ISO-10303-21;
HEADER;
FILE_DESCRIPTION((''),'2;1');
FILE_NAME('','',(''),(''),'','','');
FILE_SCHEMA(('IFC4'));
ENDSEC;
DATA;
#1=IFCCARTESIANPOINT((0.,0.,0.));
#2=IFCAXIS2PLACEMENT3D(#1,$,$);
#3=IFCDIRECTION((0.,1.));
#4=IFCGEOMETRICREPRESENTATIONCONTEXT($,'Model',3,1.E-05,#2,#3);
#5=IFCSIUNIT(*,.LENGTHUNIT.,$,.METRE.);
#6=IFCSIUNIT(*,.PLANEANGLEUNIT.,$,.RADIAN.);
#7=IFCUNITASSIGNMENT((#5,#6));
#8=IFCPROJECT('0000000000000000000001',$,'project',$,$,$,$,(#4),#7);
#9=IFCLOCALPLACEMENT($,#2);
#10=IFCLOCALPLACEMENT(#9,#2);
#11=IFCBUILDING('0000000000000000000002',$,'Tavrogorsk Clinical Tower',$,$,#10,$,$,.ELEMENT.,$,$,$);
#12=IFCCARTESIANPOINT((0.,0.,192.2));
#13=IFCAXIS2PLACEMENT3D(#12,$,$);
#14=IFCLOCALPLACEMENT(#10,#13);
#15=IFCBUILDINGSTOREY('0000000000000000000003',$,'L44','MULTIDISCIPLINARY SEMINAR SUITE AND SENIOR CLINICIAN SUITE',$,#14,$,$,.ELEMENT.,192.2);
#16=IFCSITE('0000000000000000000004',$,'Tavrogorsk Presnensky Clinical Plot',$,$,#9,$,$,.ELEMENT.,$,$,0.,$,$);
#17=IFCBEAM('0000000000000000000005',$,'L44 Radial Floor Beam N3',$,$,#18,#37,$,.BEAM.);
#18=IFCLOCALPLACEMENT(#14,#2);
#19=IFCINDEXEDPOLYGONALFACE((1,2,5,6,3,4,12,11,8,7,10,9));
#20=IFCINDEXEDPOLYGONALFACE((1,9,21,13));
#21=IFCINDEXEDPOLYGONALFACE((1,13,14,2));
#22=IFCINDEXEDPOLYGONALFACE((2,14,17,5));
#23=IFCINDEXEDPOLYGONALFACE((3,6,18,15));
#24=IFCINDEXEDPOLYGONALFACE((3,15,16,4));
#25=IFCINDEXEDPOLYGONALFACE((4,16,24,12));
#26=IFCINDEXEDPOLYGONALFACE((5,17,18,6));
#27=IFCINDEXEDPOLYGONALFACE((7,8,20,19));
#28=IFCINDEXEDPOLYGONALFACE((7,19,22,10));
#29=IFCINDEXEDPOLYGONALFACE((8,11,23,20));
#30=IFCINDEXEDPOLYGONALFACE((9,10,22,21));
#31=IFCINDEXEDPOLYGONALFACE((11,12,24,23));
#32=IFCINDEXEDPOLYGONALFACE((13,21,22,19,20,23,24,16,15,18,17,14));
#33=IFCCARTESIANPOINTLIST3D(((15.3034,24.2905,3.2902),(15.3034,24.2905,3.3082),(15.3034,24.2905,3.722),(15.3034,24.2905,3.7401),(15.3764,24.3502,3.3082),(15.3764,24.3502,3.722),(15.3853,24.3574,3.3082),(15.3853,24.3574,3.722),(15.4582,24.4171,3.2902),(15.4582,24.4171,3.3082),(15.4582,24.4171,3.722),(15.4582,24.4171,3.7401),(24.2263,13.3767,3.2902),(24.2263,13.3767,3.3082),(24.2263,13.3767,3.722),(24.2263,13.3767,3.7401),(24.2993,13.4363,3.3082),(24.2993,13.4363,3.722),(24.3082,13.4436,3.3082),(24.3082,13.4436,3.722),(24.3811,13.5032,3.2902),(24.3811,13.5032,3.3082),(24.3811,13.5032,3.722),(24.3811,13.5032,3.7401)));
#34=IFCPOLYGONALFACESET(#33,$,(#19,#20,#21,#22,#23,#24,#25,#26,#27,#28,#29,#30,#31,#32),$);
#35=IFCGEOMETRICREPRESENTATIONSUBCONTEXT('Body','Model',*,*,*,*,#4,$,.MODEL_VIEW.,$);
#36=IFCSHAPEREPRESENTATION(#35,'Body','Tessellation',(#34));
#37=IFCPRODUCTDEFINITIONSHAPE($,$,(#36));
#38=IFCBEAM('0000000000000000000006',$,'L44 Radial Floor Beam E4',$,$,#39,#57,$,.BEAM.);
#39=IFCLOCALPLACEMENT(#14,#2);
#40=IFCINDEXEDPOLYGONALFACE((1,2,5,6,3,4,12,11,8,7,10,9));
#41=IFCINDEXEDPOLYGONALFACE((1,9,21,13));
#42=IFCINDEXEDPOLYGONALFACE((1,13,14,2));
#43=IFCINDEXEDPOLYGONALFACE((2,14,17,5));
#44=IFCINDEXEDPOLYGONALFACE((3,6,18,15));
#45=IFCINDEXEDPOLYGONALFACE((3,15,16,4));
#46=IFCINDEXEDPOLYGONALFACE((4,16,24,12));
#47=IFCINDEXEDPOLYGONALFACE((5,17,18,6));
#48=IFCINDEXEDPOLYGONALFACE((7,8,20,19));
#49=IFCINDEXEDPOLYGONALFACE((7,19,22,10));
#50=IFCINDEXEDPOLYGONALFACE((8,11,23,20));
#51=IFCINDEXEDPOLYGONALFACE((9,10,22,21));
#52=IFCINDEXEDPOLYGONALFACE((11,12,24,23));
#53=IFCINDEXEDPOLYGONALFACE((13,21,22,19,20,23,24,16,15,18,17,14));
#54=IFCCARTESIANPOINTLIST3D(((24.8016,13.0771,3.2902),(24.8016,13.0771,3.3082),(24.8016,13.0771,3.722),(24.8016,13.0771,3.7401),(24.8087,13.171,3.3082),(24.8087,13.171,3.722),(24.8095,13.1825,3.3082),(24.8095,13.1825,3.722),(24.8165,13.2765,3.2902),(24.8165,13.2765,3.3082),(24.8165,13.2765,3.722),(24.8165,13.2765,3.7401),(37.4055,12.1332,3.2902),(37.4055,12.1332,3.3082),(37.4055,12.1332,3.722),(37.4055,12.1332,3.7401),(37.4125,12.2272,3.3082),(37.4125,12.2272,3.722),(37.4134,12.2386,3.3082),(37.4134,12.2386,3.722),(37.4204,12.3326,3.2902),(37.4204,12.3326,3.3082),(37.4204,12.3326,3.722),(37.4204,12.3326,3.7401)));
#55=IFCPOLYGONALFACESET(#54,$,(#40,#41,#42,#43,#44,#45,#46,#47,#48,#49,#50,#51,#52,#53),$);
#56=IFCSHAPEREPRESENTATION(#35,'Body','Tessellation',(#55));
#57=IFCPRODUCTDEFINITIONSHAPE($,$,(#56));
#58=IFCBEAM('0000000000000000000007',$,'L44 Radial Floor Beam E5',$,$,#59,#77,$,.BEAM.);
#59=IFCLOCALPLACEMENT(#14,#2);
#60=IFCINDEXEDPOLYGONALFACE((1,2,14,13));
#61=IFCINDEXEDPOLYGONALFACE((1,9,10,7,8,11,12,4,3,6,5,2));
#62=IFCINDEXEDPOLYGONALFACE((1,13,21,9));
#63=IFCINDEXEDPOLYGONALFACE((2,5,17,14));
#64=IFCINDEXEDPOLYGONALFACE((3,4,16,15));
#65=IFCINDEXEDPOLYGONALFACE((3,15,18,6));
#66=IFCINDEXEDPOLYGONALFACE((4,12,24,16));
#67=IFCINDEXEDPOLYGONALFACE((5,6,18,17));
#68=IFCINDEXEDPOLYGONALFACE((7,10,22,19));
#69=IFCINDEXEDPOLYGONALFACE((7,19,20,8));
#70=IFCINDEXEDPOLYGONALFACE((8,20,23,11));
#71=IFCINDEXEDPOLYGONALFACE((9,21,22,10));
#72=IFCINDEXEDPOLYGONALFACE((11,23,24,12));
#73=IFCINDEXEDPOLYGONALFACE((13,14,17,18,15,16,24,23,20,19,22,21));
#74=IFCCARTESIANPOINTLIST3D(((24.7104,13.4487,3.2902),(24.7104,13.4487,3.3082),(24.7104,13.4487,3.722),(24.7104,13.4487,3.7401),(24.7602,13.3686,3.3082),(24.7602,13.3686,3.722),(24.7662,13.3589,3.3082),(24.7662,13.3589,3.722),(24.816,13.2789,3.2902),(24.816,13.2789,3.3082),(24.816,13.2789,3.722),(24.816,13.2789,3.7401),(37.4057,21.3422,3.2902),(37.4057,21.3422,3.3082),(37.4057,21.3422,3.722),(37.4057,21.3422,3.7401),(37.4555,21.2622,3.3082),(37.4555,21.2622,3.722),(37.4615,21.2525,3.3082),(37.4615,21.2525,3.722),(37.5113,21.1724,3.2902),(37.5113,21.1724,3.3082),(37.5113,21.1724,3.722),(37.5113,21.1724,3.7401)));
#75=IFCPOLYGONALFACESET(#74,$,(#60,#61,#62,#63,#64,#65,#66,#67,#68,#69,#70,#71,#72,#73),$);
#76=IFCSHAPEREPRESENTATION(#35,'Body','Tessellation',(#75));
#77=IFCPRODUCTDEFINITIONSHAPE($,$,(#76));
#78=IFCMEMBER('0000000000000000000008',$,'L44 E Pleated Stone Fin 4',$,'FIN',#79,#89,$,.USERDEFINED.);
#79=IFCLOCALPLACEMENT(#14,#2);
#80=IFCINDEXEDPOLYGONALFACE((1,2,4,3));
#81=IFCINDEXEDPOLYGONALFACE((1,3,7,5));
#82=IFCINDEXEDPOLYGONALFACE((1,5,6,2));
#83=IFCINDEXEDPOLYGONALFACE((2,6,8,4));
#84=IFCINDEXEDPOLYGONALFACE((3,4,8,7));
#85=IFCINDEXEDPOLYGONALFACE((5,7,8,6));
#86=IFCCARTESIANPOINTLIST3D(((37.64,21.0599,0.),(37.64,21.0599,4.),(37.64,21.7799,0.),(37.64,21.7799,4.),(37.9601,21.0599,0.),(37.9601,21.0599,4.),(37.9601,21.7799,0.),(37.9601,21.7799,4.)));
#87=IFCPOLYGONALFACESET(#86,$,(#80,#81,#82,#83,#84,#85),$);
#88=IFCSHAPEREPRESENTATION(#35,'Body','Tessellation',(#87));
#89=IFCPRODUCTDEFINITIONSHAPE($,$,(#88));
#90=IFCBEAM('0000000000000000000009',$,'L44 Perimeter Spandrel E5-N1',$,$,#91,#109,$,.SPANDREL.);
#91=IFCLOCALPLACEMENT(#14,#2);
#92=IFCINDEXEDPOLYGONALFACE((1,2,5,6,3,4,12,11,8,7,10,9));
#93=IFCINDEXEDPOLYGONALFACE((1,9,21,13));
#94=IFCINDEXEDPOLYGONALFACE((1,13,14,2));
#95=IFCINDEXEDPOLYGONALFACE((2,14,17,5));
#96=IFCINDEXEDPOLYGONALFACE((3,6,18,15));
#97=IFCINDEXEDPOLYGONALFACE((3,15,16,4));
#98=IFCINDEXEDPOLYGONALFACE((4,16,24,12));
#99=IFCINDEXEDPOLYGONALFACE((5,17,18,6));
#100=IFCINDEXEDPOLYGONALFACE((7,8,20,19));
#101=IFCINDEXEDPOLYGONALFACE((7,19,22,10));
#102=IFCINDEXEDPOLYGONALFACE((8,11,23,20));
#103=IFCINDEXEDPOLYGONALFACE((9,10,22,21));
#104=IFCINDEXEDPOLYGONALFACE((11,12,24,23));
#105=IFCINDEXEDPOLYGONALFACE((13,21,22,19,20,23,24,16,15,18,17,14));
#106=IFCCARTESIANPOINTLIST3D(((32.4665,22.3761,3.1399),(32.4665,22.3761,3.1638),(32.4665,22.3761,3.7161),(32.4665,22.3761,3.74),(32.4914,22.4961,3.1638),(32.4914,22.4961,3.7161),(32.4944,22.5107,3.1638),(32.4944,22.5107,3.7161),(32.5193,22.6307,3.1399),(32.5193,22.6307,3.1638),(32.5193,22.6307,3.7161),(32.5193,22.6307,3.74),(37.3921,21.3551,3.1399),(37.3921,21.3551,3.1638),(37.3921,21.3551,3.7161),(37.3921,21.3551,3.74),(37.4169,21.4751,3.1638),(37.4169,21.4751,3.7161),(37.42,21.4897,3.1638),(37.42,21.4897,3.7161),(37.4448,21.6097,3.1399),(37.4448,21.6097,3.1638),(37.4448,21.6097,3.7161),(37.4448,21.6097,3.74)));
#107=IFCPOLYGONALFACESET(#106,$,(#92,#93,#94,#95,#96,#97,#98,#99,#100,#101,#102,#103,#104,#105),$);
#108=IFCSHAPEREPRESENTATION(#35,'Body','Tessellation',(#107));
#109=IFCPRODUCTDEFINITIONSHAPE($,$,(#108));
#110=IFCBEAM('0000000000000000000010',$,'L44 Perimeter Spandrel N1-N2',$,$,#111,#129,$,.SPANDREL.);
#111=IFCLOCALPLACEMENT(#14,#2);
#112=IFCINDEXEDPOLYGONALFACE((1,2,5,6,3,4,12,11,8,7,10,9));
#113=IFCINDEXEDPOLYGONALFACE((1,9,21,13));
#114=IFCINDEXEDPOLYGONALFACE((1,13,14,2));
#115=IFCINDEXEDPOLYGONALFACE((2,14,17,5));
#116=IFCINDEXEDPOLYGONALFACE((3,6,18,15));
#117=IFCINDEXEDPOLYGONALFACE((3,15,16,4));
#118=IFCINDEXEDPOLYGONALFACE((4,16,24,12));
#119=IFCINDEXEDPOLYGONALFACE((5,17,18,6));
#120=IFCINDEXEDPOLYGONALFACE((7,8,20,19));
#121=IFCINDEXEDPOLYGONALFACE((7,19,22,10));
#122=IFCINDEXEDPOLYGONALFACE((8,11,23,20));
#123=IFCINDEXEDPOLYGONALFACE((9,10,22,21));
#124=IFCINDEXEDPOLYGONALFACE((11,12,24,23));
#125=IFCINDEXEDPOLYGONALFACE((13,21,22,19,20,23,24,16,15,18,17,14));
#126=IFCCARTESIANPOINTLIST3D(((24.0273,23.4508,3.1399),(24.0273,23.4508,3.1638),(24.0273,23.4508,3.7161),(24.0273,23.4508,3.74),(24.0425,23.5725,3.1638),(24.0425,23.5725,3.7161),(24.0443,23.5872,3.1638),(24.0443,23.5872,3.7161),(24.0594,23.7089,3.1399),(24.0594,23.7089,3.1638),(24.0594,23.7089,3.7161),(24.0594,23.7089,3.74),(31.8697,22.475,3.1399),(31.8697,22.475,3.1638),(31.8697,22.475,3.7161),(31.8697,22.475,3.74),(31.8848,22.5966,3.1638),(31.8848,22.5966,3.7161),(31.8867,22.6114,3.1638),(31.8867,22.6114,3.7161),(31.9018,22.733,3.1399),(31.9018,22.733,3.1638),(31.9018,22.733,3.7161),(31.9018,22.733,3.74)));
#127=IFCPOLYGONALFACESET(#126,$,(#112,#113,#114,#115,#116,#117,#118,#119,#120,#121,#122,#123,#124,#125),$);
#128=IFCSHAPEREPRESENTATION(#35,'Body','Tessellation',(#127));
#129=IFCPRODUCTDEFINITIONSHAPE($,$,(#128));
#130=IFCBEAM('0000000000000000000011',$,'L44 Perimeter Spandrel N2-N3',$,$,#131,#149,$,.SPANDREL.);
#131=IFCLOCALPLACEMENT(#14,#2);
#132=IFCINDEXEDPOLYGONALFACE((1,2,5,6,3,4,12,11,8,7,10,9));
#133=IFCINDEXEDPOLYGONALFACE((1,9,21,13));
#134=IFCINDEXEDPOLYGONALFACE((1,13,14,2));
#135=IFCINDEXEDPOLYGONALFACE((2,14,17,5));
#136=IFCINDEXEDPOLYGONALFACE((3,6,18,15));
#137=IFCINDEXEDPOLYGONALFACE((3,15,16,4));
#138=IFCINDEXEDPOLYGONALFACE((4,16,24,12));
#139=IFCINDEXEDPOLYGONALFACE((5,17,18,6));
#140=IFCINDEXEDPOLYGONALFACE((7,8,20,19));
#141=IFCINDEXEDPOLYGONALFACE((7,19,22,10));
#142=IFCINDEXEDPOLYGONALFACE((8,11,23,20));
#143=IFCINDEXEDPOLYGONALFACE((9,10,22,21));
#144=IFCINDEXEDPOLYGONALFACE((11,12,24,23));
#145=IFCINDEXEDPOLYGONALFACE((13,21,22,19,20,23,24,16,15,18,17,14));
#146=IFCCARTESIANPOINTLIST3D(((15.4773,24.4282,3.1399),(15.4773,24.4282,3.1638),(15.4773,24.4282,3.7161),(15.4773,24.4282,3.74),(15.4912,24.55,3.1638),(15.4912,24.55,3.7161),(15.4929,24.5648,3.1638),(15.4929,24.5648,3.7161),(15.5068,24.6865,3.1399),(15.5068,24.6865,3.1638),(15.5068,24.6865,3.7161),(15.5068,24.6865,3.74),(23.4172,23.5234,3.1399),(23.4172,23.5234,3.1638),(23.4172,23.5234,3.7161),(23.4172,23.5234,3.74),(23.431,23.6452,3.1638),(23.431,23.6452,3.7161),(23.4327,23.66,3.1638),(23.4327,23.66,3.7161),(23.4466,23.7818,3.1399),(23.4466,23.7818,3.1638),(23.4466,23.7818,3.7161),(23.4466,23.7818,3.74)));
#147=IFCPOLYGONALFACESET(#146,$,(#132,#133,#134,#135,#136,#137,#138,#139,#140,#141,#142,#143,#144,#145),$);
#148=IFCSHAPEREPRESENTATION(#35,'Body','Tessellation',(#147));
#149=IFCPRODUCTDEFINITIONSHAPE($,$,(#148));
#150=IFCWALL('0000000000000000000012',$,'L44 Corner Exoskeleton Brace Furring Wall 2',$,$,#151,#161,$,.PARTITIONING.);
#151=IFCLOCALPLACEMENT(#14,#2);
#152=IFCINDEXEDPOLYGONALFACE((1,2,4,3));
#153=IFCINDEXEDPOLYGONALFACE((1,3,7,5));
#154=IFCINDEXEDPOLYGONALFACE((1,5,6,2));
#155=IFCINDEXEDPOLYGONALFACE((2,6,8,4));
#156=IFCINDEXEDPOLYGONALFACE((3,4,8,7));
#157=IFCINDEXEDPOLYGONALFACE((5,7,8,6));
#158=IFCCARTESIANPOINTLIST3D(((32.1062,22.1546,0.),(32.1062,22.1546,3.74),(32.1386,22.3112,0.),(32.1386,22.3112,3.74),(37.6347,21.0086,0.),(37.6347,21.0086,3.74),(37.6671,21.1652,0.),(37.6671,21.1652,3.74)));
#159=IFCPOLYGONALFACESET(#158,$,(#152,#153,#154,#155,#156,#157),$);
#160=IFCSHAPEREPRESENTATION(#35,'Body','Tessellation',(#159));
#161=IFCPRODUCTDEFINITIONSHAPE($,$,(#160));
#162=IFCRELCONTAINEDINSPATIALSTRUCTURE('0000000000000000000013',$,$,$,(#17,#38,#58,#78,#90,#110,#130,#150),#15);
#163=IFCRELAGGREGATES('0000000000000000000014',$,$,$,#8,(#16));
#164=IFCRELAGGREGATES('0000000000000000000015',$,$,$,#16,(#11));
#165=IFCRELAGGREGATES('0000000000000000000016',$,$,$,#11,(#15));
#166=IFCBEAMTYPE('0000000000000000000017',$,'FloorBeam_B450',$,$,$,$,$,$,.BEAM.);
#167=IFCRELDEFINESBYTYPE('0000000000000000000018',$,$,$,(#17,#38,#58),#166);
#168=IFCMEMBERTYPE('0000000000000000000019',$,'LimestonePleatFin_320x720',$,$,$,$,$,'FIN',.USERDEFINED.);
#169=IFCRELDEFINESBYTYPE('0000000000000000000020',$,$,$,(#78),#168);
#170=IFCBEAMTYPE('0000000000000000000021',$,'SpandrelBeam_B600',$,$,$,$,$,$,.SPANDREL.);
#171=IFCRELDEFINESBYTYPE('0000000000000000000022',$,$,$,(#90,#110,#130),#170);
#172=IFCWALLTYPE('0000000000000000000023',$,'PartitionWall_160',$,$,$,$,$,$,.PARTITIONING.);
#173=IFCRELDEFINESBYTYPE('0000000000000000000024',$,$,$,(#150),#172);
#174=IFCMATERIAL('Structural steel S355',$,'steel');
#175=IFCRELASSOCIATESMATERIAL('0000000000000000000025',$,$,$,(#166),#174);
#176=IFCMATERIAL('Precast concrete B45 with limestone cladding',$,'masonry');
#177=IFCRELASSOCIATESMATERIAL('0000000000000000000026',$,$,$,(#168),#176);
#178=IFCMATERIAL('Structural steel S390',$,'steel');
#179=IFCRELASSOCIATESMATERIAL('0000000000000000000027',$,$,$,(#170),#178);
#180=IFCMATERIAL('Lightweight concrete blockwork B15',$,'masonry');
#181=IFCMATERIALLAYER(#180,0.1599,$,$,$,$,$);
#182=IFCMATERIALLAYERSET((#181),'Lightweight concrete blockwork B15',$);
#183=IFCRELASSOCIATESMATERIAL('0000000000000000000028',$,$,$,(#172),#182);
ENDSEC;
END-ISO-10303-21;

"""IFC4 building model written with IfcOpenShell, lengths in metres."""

from ifc_helpers import new_model, si_unit, direction, frame, frame_2d, origin, origin_2d, place, context, subcontext, project, spatial, rectangle, i_section, extrude, material, layer, layer_set, material_profile, profile_set, type_object, element, save


model = new_model("IFC4")

# Units and contexts
model_context = context("Model", 3, precision=1e-05, world=origin(), true_north=direction((0.0, 1.0)))
body_context = subcontext(model_context, "Body", "Model", "MODEL_VIEW")
ifc_project = project(units=[si_unit("LENGTHUNIT", "METRE"), si_unit("PLANEANGLEUNIT", "RADIAN")], contexts=[model_context])

# Site, building, storey
site_placement = place(None, origin())
site = spatial("IfcSite", under=ifc_project, at=site_placement, Name="Tavrogorsk Presnensky Clinical Plot", CompositionType="ELEMENT", RefElevation=0.0)
building_placement = place(site_placement, origin())
building = spatial("IfcBuilding", under=site, at=building_placement, Name="Tavrogorsk Clinical Tower", CompositionType="ELEMENT")
storey_placement = place(building_placement, frame((0.0, 0.0, 192.2)))
storey = spatial("IfcBuildingStorey", under=building, at=storey_placement, Name="L44", Description="MULTIDISCIPLINARY SEMINAR SUITE AND SENIOR CLINICIAN SUITE", CompositionType="ELEMENT", Elevation=192.2)

# Beams
ifc_material_1 = material(Name="Structural steel S355", Category="steel")
ifc_material_profile_1 = material_profile(ifc_material_1, i_section(OverallWidth=0.2, OverallDepth=0.45, WebThickness=0.0115, FlangeThickness=0.0181, at=origin_2d()), Name="B-450x200x11.5x18")
ifc_profile_set_1 = profile_set([ifc_material_profile_1], Name="Structural steel S355")
beam_type_1 = type_object("IfcBeamType", Name="FloorBeam_B450", PredefinedType="BEAM", material=ifc_profile_set_1)
beam_1_placement = place(storey_placement, frame((24.3037, 13.4399, 3.5151), z_axis=(-0.632956, 0.774188, 0.0), x_axis=(-0.774188, -0.632956, 0.0)))
element("IfcBeam", 1, at=beam_1_placement, inside=storey, type_object=beam_type_1, Name="L44 Radial Floor Beam N3", PredefinedType="BEAM", context=body_context, shape_type="SweptSolid", body=[
    extrude(i_section(OverallWidth=0.2, OverallDepth=0.45, WebThickness=0.0115, FlangeThickness=0.0181, at=origin_2d()), origin(), (0.0, 0.0, 1.0), 14.0972),
])
beam_2_placement = place(storey_placement, frame((24.8091, 13.1768, 3.5151), z_axis=(0.997208, -0.074677, 0.0), x_axis=(0.074677, 0.997208, 0.0)))
element("IfcBeam", 2, at=beam_2_placement, inside=storey, type_object=beam_type_1, Name="L44 Radial Floor Beam E4", PredefinedType="BEAM", context=body_context, shape_type="SweptSolid", body=[
    extrude(i_section(OverallWidth=0.2, OverallDepth=0.45, WebThickness=0.0115, FlangeThickness=0.0181, at=origin_2d()), origin(), (0.0, 0.0, 1.0), 12.6392),
])
beam_3_placement = place(storey_placement, frame((24.7632, 13.3638, 3.5151), z_axis=(0.849229, 0.528025, 0.0), x_axis=(-0.528025, 0.849229, 0.0)))
element("IfcBeam", 3, at=beam_3_placement, inside=storey, type_object=beam_type_1, Name="L44 Radial Floor Beam E5", PredefinedType="BEAM", context=body_context, shape_type="SweptSolid", body=[
    extrude(i_section(OverallWidth=0.2, OverallDepth=0.45, WebThickness=0.0115, FlangeThickness=0.0181, at=origin_2d()), origin(), (0.0, 0.0, 1.0), 14.9492),
])

# Member
ifc_material_2 = material(Name="Precast concrete B45 with limestone cladding", Category="masonry")
ifc_material_profile_2 = material_profile(ifc_material_2, rectangle(XDim=0.3201, YDim=0.72, at=origin_2d()), Name="LIMESTONE-FIN-320x720")
ifc_profile_set_2 = profile_set([ifc_material_profile_2], Name="Precast concrete B45 with limestone cladding")
member_type_1 = type_object("IfcMemberType", Name="LimestonePleatFin_320x720", ElementType="FIN", PredefinedType="USERDEFINED", material=ifc_profile_set_2)
member_1_placement = place(storey_placement, frame((37.8, 21.4199, 0.0), z_axis=(0.0, 0.0, 1.0), x_axis=(1.0, 0.0, 0.0)))
element("IfcMember", 4, at=member_1_placement, inside=storey, type_object=member_type_1, Name="L44 E Pleated Stone Fin 4", ObjectType="FIN", PredefinedType="USERDEFINED", context=body_context, shape_type="SweptSolid", body=[
    extrude(rectangle(XDim=0.3201, YDim=0.72, at=origin_2d()), origin(), (0.0, 0.0, 1.0), 4.0),
])

# Beams
ifc_material_3 = material(Name="Structural steel S390", Category="steel")
ifc_material_profile_3 = material_profile(ifc_material_3, i_section(OverallWidth=0.26, OverallDepth=0.6001, WebThickness=0.0149, FlangeThickness=0.0239, at=origin_2d()), Name="B-600x260x15x24")
ifc_profile_set_3 = profile_set([ifc_material_profile_3], Name="Structural steel S390")
beam_type_2 = type_object("IfcBeamType", Name="SpandrelBeam_B600", PredefinedType="SPANDREL", material=ifc_profile_set_3)
beam_4_placement = place(storey_placement, frame((37.4185, 21.4824, 3.4399), z_axis=(-0.979185, 0.202972, 0.0), x_axis=(-0.202972, -0.979185, 0.0)))
element("IfcBeam", 5, at=beam_4_placement, inside=storey, type_object=beam_type_2, Name="L44 Perimeter Spandrel E5-N1", PredefinedType="SPANDREL", context=body_context, shape_type="SweptSolid", body=[
    extrude(i_section(OverallWidth=0.26, OverallDepth=0.6001, WebThickness=0.0149, FlangeThickness=0.0239, at=origin_2d()), origin(), (0.0, 0.0, 1.0), 5.0303),
])
beam_5_placement = place(storey_placement, frame((31.8857, 22.604, 3.4399), z_axis=(-0.992347, 0.12348, 0.0), x_axis=(-0.12348, -0.992347, 0.0)))
element("IfcBeam", 6, at=beam_5_placement, inside=storey, type_object=beam_type_2, Name="L44 Perimeter Spandrel N1-N2", PredefinedType="SPANDREL", context=body_context, shape_type="SweptSolid", body=[
    extrude(i_section(OverallWidth=0.26, OverallDepth=0.6001, WebThickness=0.0149, FlangeThickness=0.0239, at=origin_2d()), origin(), (0.0, 0.0, 1.0), 7.9028),
])
beam_6_placement = place(storey_placement, frame((23.4319, 23.6526, 3.4399), z_axis=(-0.99357, 0.113221, 0.0), x_axis=(-0.113221, -0.99357, 0.0)))
element("IfcBeam", 7, at=beam_6_placement, inside=storey, type_object=beam_type_2, Name="L44 Perimeter Spandrel N2-N3", PredefinedType="SPANDREL", context=body_context, shape_type="SweptSolid", body=[
    extrude(i_section(OverallWidth=0.26, OverallDepth=0.6001, WebThickness=0.0149, FlangeThickness=0.0239, at=origin_2d()), origin(), (0.0, 0.0, 1.0), 7.9912),
])

# Wall
ifc_material_4 = material(Name="Lightweight concrete blockwork B15", Category="masonry")
ifc_layer_1 = layer(ifc_material_4, 0.1599)
ifc_layer_set_1 = layer_set([ifc_layer_1], Name="Lightweight concrete blockwork B15")
wall_type_1 = type_object("IfcWallType", Name="PartitionWall_160", PredefinedType="PARTITIONING", material=ifc_layer_set_1)
wall_1_placement = place(storey_placement, frame((37.6509, 21.0869, 0.0), z_axis=(0.0, 0.0, 1.0), x_axis=(-0.979185, 0.202972, 0.0)))
element("IfcWall", 8, at=wall_1_placement, inside=storey, type_object=wall_type_1, Name="L44 Corner Exoskeleton Brace Furring Wall 2", PredefinedType="PARTITIONING", context=body_context, shape_type="SweptSolid", body=[
    extrude(rectangle(XDim=5.646, YDim=0.1599, at=frame_2d((2.823, 0.0))), origin(), (0.0, 0.0, 1.0), 3.74),
])

save(model, "model.ifc")
